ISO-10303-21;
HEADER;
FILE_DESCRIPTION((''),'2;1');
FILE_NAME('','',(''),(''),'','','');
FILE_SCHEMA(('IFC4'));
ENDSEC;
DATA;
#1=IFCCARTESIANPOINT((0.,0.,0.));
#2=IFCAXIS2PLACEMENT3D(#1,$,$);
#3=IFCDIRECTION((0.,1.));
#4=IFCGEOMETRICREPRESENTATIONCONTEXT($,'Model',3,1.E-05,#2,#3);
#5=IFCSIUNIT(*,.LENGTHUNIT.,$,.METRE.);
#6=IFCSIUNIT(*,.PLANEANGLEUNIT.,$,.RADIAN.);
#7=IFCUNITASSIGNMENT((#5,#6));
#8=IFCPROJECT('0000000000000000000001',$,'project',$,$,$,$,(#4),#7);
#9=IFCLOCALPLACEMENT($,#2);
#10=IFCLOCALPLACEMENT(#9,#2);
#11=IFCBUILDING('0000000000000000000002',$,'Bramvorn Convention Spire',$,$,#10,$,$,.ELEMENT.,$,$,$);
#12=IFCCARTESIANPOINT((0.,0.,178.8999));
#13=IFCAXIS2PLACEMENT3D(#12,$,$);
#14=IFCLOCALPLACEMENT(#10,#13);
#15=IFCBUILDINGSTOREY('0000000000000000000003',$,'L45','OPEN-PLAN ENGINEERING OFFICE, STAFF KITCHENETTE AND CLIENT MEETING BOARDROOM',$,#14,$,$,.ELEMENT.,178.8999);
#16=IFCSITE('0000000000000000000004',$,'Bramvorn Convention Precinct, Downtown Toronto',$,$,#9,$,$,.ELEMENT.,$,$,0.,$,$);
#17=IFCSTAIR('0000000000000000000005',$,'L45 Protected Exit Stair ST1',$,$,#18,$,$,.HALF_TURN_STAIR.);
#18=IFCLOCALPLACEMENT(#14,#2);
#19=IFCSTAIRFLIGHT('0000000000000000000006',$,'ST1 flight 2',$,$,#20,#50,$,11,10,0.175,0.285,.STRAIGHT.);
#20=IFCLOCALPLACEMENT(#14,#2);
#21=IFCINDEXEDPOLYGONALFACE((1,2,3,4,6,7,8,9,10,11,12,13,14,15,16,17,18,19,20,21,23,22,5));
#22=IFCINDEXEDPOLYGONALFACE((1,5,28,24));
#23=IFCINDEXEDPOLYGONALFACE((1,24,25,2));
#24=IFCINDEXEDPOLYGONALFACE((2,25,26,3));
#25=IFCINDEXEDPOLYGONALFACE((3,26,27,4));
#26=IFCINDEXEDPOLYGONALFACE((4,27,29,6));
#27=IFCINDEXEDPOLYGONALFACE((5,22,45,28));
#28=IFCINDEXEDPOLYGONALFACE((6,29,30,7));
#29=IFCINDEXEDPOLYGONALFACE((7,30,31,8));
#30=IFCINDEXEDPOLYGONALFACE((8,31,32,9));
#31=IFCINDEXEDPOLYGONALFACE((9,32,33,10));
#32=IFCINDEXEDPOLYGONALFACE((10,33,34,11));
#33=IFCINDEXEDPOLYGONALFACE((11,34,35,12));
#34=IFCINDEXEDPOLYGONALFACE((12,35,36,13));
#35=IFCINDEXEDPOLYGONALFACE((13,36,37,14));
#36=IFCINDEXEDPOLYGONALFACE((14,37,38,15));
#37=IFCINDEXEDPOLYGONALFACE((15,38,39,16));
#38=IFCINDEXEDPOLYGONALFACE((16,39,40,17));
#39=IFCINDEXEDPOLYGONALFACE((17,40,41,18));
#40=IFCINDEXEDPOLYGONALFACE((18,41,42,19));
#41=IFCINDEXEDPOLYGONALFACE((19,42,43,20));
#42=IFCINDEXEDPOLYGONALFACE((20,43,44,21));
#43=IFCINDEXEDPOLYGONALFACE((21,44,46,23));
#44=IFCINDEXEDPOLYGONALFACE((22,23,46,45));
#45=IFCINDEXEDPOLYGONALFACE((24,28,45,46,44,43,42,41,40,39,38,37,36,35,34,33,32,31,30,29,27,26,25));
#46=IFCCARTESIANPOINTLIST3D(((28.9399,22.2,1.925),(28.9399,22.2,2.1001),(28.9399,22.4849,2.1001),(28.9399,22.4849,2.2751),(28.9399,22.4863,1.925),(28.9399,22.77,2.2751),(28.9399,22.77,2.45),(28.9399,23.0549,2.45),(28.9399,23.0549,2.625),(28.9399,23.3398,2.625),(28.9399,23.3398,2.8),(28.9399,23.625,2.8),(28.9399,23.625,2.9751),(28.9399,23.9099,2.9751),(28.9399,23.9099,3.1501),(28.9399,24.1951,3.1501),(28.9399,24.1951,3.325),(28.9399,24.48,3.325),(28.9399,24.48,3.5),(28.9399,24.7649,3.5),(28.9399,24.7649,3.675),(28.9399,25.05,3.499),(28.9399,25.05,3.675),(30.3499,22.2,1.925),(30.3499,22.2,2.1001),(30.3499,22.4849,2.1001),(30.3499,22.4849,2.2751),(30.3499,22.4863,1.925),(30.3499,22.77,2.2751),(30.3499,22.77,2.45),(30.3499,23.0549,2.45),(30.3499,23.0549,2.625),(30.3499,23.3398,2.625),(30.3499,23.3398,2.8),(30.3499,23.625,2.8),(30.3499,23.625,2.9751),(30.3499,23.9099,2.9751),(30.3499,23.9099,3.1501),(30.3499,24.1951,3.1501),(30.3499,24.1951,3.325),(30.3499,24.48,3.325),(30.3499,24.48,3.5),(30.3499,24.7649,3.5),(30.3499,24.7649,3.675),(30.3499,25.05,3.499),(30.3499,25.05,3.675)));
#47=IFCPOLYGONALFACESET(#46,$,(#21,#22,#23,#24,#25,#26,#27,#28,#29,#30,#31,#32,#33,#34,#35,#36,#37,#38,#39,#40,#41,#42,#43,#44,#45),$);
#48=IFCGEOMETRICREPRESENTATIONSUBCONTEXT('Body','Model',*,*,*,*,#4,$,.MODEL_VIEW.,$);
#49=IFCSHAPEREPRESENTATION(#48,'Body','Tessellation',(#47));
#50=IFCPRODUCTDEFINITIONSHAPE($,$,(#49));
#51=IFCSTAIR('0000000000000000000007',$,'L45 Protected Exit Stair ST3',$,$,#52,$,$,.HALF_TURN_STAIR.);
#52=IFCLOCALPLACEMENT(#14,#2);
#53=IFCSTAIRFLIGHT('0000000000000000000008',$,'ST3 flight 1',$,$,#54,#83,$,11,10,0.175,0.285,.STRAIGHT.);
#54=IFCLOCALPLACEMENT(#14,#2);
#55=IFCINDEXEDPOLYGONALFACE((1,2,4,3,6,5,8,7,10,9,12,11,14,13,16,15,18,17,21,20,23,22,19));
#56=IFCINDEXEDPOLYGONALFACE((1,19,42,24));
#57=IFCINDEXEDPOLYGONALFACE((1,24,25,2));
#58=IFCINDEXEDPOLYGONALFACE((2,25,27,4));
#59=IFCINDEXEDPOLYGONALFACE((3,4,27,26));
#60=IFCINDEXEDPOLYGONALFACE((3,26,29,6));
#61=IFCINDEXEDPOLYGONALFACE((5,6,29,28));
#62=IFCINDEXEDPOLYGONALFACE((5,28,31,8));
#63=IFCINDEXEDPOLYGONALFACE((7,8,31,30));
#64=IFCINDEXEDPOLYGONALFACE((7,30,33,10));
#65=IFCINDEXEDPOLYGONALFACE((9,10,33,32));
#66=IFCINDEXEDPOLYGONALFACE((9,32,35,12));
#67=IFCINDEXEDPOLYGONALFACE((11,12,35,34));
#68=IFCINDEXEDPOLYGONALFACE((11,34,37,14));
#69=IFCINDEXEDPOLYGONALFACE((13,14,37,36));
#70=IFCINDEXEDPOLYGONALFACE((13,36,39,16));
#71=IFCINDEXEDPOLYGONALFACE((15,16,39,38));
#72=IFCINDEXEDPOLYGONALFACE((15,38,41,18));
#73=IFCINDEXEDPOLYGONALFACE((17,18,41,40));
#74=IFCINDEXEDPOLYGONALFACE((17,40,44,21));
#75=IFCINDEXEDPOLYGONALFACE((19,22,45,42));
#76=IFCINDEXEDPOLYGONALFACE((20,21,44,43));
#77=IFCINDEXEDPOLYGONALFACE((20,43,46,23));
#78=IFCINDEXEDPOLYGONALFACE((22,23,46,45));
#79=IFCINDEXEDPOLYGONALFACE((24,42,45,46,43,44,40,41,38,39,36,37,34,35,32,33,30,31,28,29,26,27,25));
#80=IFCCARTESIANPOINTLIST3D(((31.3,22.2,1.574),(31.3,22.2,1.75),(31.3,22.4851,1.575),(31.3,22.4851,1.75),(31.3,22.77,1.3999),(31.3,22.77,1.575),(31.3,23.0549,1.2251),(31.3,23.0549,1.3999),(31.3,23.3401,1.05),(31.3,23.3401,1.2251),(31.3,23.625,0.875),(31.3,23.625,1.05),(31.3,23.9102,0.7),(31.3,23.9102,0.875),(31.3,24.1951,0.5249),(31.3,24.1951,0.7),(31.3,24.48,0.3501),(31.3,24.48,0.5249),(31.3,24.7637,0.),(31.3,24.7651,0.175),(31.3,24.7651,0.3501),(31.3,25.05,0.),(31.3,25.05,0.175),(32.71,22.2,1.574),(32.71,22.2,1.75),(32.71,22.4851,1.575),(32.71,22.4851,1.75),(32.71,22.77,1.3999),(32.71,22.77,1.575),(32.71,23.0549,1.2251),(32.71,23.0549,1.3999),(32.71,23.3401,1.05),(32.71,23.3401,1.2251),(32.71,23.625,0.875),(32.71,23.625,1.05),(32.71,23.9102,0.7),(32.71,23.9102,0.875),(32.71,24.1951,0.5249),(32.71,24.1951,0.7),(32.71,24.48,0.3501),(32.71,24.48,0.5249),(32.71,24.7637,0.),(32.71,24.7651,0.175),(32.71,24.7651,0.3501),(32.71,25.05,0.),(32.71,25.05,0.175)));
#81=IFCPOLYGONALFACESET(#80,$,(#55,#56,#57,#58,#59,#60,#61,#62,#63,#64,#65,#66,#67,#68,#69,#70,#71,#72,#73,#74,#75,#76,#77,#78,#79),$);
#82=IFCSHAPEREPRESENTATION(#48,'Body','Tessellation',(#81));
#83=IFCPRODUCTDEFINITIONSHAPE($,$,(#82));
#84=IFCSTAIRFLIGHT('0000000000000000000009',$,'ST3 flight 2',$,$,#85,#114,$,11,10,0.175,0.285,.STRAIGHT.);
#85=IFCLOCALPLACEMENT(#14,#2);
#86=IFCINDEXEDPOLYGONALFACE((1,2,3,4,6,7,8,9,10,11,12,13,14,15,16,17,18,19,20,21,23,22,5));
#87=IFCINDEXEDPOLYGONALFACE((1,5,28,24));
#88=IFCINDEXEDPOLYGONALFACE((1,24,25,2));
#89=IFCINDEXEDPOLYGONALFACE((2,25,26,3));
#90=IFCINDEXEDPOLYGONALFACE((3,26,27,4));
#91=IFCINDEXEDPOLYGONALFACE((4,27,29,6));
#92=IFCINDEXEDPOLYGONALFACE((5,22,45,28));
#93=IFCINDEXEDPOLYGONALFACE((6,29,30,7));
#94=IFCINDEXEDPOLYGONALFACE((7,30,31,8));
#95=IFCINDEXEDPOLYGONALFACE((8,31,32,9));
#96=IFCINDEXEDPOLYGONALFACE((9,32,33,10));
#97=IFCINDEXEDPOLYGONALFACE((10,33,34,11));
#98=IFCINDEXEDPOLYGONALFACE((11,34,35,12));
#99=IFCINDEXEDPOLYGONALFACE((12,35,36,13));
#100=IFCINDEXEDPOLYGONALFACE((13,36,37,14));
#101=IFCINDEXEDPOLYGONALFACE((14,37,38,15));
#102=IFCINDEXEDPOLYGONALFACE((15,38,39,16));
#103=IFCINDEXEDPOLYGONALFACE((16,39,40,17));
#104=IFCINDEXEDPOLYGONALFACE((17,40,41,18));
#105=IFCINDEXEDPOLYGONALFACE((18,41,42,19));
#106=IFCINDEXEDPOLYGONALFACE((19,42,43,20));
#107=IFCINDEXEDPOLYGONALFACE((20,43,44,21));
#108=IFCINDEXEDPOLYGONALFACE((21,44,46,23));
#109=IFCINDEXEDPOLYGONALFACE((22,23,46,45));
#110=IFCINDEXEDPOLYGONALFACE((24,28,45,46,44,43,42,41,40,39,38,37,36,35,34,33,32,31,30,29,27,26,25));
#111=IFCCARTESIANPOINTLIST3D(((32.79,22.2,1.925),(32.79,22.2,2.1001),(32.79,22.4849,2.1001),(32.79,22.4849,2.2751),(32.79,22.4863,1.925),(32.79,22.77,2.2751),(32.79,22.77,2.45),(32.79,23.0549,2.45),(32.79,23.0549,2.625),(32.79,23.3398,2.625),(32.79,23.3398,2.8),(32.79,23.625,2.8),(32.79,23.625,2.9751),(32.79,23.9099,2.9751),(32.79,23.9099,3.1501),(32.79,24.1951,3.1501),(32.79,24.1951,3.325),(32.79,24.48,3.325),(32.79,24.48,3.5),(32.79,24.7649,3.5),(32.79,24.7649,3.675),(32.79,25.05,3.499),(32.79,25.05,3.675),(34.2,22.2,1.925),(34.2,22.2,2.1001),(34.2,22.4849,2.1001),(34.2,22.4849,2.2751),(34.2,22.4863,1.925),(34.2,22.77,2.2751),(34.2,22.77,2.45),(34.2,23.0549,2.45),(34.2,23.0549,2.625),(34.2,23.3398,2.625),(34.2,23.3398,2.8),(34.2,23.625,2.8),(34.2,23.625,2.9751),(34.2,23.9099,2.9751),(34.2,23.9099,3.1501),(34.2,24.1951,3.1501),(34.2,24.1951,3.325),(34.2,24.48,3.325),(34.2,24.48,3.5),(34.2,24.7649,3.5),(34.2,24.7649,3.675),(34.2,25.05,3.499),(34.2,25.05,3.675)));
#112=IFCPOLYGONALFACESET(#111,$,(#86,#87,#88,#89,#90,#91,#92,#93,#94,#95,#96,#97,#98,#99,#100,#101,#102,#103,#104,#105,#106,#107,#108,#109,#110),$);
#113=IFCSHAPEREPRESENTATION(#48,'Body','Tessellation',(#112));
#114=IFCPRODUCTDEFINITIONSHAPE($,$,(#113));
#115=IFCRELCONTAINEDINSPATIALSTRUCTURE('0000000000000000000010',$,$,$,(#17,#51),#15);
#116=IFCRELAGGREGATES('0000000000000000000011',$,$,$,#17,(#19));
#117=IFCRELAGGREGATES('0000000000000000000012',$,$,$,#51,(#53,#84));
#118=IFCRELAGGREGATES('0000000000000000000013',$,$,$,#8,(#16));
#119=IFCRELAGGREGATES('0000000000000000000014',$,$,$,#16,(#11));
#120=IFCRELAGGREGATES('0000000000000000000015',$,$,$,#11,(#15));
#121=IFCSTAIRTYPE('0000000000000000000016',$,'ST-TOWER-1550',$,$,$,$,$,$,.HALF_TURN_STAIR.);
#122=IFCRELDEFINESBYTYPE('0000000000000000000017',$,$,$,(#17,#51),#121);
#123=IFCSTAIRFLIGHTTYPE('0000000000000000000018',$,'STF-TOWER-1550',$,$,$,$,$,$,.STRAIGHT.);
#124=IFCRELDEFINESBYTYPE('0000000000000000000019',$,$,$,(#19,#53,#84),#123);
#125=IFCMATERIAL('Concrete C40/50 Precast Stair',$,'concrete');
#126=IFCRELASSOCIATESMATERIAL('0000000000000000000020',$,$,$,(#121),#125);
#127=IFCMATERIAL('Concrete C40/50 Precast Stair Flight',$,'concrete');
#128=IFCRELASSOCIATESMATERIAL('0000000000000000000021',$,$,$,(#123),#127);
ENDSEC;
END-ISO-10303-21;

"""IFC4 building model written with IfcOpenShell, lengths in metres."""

from ifc_helpers import new_model, si_unit, direction, frame, origin, place, context, subcontext, project, spatial, polyline, outline, extrude, material, type_object, element, aggregate, save


model = new_model("IFC4")

# Units and contexts
model_context = context("Model", 3, precision=1e-05, world=origin(), true_north=direction((0.0, 1.0)))
body_context = subcontext(model_context, "Body", "Model", "MODEL_VIEW")
ifc_project = project(units=[si_unit("LENGTHUNIT", "METRE"), si_unit("PLANEANGLEUNIT", "RADIAN")], contexts=[model_context])

# Site, building, storey
site_placement = place(None, origin())
site = spatial("IfcSite", under=ifc_project, at=site_placement, Name="Bramvorn Convention Precinct, Downtown Toronto", CompositionType="ELEMENT", RefElevation=0.0)
building_placement = place(site_placement, origin())
building = spatial("IfcBuilding", under=site, at=building_placement, Name="Bramvorn Convention Spire", CompositionType="ELEMENT")
storey_placement = place(building_placement, frame((0.0, 0.0, 178.8999)))
storey = spatial("IfcBuildingStorey", under=building, at=storey_placement, Name="L45", Description="OPEN-PLAN ENGINEERING OFFICE, STAFF KITCHENETTE AND CLIENT MEETING BOARDROOM", CompositionType="ELEMENT", Elevation=178.8999)

# Stairs, stair flights
ifc_material_1 = material(Name="Concrete C40/50 Precast Stair", Category="concrete")
stair_type = type_object("IfcStairType", Name="ST-TOWER-1550", PredefinedType="HALF_TURN_STAIR", material=ifc_material_1)
stair_1_placement = place(storey_placement, origin())
stair_1 = element("IfcStair", 1, at=stair_1_placement, inside=storey, type_object=stair_type, Name="L45 Protected Exit Stair ST1", PredefinedType="HALF_TURN_STAIR")
ifc_material_2 = material(Name="Concrete C40/50 Precast Stair Flight", Category="concrete")
stair_flight_type = type_object("IfcStairFlightType", Name="STF-TOWER-1550", PredefinedType="STRAIGHT", material=ifc_material_2)
stair_flight_1_placement = place(storey_placement, frame((29.645, 22.2, 1.925), z_axis=(0.0, 0.0, 1.0), x_axis=(0.0, 1.0, 0.0)))
stair_flight_1 = element("IfcStairFlight", 2, at=stair_flight_1_placement, type_object=stair_flight_type, Name="ST1 flight 2", NumberOfRisers=11, NumberOfTreads=10, PredefinedType="STRAIGHT", RiserHeight=0.175, TreadLength=0.285, context=body_context, shape_type="SweptSolid", body=[
    extrude(outline(polyline([(0.0, 0.0), (0.0, 0.175), (0.2849, 0.175), (0.2849, 0.3501), (0.5701, 0.3501), (0.5701, 0.5249), (0.855, 0.5249), (0.855, 0.7), (1.1399, 0.7), (1.1399, 0.875), (1.425, 0.875), (1.425, 1.05), (1.71, 1.05), (1.71, 1.2251), (1.9951, 1.2251), (1.9951, 1.3999), (2.28, 1.3999), (2.28, 1.575), (2.5649, 1.575), (2.5649, 1.75), (2.8501, 1.75), (2.8501, 1.925), (2.8501, 1.574), (0.2864, 0.0), (0.0, 0.0)])), frame((0.0, 0.7051, 0.0), z_axis=(0.0, -1.0, 0.0), x_axis=(1.0, 0.0, 0.0)), (0.0, 0.0, 1.0), 1.4099),
])
aggregate(stair_1, [stair_flight_1])
stair_2_placement = place(storey_placement, origin())
stair_2 = element("IfcStair", 3, at=stair_2_placement, inside=storey, type_object=stair_type, Name="L45 Protected Exit Stair ST3", PredefinedType="HALF_TURN_STAIR")
stair_flight_2_placement = place(storey_placement, frame((32.0049, 25.05, 0.0), z_axis=(0.0, 0.0, 1.0), x_axis=(0.0, -1.0, 0.0)))
stair_flight_2 = element("IfcStairFlight", 4, at=stair_flight_2_placement, type_object=stair_flight_type, Name="ST3 flight 1", NumberOfRisers=11, NumberOfTreads=10, PredefinedType="STRAIGHT", RiserHeight=0.175, TreadLength=0.285, context=body_context, shape_type="SweptSolid", body=[
    extrude(outline(polyline([(0.0, 0.0), (0.0, 0.175), (0.2849, 0.175), (0.2849, 0.3501), (0.5701, 0.3501), (0.5701, 0.5249), (0.855, 0.5249), (0.855, 0.7), (1.1399, 0.7), (1.1399, 0.875), (1.425, 0.875), (1.425, 1.05), (1.71, 1.05), (1.71, 1.2251), (1.9951, 1.2251), (1.9951, 1.3999), (2.28, 1.3999), (2.28, 1.575), (2.5649, 1.575), (2.5649, 1.75), (2.8501, 1.75), (2.8501, 1.925), (2.8501, 1.574), (0.2864, 0.0), (0.0, 0.0)])), frame((0.0, 0.7051, 0.0), z_axis=(0.0, -1.0, 0.0), x_axis=(1.0, 0.0, 0.0)), (0.0, 0.0, 1.0), 1.4099),
])
stair_flight_3_placement = place(storey_placement, frame((33.4951, 22.2, 1.925), z_axis=(0.0, 0.0, 1.0), x_axis=(0.0, 1.0, 0.0)))
stair_flight_3 = element("IfcStairFlight", 5, at=stair_flight_3_placement, type_object=stair_flight_type, Name="ST3 flight 2", NumberOfRisers=11, NumberOfTreads=10, PredefinedType="STRAIGHT", RiserHeight=0.175, TreadLength=0.285, context=body_context, shape_type="SweptSolid", body=[
    extrude(outline(polyline([(0.0, 0.0), (0.0, 0.175), (0.2849, 0.175), (0.2849, 0.3501), (0.5701, 0.3501), (0.5701, 0.5249), (0.855, 0.5249), (0.855, 0.7), (1.1399, 0.7), (1.1399, 0.875), (1.425, 0.875), (1.425, 1.05), (1.71, 1.05), (1.71, 1.2251), (1.9951, 1.2251), (1.9951, 1.3999), (2.28, 1.3999), (2.28, 1.575), (2.5649, 1.575), (2.5649, 1.75), (2.8501, 1.75), (2.8501, 1.925), (2.8501, 1.574), (0.2864, 0.0), (0.0, 0.0)])), frame((0.0, 0.7051, 0.0), z_axis=(0.0, -1.0, 0.0), x_axis=(1.0, 0.0, 0.0)), (0.0, 0.0, 1.0), 1.4099),
])
aggregate(stair_2, [stair_flight_2, stair_flight_3])

save(model, "model.ifc")
